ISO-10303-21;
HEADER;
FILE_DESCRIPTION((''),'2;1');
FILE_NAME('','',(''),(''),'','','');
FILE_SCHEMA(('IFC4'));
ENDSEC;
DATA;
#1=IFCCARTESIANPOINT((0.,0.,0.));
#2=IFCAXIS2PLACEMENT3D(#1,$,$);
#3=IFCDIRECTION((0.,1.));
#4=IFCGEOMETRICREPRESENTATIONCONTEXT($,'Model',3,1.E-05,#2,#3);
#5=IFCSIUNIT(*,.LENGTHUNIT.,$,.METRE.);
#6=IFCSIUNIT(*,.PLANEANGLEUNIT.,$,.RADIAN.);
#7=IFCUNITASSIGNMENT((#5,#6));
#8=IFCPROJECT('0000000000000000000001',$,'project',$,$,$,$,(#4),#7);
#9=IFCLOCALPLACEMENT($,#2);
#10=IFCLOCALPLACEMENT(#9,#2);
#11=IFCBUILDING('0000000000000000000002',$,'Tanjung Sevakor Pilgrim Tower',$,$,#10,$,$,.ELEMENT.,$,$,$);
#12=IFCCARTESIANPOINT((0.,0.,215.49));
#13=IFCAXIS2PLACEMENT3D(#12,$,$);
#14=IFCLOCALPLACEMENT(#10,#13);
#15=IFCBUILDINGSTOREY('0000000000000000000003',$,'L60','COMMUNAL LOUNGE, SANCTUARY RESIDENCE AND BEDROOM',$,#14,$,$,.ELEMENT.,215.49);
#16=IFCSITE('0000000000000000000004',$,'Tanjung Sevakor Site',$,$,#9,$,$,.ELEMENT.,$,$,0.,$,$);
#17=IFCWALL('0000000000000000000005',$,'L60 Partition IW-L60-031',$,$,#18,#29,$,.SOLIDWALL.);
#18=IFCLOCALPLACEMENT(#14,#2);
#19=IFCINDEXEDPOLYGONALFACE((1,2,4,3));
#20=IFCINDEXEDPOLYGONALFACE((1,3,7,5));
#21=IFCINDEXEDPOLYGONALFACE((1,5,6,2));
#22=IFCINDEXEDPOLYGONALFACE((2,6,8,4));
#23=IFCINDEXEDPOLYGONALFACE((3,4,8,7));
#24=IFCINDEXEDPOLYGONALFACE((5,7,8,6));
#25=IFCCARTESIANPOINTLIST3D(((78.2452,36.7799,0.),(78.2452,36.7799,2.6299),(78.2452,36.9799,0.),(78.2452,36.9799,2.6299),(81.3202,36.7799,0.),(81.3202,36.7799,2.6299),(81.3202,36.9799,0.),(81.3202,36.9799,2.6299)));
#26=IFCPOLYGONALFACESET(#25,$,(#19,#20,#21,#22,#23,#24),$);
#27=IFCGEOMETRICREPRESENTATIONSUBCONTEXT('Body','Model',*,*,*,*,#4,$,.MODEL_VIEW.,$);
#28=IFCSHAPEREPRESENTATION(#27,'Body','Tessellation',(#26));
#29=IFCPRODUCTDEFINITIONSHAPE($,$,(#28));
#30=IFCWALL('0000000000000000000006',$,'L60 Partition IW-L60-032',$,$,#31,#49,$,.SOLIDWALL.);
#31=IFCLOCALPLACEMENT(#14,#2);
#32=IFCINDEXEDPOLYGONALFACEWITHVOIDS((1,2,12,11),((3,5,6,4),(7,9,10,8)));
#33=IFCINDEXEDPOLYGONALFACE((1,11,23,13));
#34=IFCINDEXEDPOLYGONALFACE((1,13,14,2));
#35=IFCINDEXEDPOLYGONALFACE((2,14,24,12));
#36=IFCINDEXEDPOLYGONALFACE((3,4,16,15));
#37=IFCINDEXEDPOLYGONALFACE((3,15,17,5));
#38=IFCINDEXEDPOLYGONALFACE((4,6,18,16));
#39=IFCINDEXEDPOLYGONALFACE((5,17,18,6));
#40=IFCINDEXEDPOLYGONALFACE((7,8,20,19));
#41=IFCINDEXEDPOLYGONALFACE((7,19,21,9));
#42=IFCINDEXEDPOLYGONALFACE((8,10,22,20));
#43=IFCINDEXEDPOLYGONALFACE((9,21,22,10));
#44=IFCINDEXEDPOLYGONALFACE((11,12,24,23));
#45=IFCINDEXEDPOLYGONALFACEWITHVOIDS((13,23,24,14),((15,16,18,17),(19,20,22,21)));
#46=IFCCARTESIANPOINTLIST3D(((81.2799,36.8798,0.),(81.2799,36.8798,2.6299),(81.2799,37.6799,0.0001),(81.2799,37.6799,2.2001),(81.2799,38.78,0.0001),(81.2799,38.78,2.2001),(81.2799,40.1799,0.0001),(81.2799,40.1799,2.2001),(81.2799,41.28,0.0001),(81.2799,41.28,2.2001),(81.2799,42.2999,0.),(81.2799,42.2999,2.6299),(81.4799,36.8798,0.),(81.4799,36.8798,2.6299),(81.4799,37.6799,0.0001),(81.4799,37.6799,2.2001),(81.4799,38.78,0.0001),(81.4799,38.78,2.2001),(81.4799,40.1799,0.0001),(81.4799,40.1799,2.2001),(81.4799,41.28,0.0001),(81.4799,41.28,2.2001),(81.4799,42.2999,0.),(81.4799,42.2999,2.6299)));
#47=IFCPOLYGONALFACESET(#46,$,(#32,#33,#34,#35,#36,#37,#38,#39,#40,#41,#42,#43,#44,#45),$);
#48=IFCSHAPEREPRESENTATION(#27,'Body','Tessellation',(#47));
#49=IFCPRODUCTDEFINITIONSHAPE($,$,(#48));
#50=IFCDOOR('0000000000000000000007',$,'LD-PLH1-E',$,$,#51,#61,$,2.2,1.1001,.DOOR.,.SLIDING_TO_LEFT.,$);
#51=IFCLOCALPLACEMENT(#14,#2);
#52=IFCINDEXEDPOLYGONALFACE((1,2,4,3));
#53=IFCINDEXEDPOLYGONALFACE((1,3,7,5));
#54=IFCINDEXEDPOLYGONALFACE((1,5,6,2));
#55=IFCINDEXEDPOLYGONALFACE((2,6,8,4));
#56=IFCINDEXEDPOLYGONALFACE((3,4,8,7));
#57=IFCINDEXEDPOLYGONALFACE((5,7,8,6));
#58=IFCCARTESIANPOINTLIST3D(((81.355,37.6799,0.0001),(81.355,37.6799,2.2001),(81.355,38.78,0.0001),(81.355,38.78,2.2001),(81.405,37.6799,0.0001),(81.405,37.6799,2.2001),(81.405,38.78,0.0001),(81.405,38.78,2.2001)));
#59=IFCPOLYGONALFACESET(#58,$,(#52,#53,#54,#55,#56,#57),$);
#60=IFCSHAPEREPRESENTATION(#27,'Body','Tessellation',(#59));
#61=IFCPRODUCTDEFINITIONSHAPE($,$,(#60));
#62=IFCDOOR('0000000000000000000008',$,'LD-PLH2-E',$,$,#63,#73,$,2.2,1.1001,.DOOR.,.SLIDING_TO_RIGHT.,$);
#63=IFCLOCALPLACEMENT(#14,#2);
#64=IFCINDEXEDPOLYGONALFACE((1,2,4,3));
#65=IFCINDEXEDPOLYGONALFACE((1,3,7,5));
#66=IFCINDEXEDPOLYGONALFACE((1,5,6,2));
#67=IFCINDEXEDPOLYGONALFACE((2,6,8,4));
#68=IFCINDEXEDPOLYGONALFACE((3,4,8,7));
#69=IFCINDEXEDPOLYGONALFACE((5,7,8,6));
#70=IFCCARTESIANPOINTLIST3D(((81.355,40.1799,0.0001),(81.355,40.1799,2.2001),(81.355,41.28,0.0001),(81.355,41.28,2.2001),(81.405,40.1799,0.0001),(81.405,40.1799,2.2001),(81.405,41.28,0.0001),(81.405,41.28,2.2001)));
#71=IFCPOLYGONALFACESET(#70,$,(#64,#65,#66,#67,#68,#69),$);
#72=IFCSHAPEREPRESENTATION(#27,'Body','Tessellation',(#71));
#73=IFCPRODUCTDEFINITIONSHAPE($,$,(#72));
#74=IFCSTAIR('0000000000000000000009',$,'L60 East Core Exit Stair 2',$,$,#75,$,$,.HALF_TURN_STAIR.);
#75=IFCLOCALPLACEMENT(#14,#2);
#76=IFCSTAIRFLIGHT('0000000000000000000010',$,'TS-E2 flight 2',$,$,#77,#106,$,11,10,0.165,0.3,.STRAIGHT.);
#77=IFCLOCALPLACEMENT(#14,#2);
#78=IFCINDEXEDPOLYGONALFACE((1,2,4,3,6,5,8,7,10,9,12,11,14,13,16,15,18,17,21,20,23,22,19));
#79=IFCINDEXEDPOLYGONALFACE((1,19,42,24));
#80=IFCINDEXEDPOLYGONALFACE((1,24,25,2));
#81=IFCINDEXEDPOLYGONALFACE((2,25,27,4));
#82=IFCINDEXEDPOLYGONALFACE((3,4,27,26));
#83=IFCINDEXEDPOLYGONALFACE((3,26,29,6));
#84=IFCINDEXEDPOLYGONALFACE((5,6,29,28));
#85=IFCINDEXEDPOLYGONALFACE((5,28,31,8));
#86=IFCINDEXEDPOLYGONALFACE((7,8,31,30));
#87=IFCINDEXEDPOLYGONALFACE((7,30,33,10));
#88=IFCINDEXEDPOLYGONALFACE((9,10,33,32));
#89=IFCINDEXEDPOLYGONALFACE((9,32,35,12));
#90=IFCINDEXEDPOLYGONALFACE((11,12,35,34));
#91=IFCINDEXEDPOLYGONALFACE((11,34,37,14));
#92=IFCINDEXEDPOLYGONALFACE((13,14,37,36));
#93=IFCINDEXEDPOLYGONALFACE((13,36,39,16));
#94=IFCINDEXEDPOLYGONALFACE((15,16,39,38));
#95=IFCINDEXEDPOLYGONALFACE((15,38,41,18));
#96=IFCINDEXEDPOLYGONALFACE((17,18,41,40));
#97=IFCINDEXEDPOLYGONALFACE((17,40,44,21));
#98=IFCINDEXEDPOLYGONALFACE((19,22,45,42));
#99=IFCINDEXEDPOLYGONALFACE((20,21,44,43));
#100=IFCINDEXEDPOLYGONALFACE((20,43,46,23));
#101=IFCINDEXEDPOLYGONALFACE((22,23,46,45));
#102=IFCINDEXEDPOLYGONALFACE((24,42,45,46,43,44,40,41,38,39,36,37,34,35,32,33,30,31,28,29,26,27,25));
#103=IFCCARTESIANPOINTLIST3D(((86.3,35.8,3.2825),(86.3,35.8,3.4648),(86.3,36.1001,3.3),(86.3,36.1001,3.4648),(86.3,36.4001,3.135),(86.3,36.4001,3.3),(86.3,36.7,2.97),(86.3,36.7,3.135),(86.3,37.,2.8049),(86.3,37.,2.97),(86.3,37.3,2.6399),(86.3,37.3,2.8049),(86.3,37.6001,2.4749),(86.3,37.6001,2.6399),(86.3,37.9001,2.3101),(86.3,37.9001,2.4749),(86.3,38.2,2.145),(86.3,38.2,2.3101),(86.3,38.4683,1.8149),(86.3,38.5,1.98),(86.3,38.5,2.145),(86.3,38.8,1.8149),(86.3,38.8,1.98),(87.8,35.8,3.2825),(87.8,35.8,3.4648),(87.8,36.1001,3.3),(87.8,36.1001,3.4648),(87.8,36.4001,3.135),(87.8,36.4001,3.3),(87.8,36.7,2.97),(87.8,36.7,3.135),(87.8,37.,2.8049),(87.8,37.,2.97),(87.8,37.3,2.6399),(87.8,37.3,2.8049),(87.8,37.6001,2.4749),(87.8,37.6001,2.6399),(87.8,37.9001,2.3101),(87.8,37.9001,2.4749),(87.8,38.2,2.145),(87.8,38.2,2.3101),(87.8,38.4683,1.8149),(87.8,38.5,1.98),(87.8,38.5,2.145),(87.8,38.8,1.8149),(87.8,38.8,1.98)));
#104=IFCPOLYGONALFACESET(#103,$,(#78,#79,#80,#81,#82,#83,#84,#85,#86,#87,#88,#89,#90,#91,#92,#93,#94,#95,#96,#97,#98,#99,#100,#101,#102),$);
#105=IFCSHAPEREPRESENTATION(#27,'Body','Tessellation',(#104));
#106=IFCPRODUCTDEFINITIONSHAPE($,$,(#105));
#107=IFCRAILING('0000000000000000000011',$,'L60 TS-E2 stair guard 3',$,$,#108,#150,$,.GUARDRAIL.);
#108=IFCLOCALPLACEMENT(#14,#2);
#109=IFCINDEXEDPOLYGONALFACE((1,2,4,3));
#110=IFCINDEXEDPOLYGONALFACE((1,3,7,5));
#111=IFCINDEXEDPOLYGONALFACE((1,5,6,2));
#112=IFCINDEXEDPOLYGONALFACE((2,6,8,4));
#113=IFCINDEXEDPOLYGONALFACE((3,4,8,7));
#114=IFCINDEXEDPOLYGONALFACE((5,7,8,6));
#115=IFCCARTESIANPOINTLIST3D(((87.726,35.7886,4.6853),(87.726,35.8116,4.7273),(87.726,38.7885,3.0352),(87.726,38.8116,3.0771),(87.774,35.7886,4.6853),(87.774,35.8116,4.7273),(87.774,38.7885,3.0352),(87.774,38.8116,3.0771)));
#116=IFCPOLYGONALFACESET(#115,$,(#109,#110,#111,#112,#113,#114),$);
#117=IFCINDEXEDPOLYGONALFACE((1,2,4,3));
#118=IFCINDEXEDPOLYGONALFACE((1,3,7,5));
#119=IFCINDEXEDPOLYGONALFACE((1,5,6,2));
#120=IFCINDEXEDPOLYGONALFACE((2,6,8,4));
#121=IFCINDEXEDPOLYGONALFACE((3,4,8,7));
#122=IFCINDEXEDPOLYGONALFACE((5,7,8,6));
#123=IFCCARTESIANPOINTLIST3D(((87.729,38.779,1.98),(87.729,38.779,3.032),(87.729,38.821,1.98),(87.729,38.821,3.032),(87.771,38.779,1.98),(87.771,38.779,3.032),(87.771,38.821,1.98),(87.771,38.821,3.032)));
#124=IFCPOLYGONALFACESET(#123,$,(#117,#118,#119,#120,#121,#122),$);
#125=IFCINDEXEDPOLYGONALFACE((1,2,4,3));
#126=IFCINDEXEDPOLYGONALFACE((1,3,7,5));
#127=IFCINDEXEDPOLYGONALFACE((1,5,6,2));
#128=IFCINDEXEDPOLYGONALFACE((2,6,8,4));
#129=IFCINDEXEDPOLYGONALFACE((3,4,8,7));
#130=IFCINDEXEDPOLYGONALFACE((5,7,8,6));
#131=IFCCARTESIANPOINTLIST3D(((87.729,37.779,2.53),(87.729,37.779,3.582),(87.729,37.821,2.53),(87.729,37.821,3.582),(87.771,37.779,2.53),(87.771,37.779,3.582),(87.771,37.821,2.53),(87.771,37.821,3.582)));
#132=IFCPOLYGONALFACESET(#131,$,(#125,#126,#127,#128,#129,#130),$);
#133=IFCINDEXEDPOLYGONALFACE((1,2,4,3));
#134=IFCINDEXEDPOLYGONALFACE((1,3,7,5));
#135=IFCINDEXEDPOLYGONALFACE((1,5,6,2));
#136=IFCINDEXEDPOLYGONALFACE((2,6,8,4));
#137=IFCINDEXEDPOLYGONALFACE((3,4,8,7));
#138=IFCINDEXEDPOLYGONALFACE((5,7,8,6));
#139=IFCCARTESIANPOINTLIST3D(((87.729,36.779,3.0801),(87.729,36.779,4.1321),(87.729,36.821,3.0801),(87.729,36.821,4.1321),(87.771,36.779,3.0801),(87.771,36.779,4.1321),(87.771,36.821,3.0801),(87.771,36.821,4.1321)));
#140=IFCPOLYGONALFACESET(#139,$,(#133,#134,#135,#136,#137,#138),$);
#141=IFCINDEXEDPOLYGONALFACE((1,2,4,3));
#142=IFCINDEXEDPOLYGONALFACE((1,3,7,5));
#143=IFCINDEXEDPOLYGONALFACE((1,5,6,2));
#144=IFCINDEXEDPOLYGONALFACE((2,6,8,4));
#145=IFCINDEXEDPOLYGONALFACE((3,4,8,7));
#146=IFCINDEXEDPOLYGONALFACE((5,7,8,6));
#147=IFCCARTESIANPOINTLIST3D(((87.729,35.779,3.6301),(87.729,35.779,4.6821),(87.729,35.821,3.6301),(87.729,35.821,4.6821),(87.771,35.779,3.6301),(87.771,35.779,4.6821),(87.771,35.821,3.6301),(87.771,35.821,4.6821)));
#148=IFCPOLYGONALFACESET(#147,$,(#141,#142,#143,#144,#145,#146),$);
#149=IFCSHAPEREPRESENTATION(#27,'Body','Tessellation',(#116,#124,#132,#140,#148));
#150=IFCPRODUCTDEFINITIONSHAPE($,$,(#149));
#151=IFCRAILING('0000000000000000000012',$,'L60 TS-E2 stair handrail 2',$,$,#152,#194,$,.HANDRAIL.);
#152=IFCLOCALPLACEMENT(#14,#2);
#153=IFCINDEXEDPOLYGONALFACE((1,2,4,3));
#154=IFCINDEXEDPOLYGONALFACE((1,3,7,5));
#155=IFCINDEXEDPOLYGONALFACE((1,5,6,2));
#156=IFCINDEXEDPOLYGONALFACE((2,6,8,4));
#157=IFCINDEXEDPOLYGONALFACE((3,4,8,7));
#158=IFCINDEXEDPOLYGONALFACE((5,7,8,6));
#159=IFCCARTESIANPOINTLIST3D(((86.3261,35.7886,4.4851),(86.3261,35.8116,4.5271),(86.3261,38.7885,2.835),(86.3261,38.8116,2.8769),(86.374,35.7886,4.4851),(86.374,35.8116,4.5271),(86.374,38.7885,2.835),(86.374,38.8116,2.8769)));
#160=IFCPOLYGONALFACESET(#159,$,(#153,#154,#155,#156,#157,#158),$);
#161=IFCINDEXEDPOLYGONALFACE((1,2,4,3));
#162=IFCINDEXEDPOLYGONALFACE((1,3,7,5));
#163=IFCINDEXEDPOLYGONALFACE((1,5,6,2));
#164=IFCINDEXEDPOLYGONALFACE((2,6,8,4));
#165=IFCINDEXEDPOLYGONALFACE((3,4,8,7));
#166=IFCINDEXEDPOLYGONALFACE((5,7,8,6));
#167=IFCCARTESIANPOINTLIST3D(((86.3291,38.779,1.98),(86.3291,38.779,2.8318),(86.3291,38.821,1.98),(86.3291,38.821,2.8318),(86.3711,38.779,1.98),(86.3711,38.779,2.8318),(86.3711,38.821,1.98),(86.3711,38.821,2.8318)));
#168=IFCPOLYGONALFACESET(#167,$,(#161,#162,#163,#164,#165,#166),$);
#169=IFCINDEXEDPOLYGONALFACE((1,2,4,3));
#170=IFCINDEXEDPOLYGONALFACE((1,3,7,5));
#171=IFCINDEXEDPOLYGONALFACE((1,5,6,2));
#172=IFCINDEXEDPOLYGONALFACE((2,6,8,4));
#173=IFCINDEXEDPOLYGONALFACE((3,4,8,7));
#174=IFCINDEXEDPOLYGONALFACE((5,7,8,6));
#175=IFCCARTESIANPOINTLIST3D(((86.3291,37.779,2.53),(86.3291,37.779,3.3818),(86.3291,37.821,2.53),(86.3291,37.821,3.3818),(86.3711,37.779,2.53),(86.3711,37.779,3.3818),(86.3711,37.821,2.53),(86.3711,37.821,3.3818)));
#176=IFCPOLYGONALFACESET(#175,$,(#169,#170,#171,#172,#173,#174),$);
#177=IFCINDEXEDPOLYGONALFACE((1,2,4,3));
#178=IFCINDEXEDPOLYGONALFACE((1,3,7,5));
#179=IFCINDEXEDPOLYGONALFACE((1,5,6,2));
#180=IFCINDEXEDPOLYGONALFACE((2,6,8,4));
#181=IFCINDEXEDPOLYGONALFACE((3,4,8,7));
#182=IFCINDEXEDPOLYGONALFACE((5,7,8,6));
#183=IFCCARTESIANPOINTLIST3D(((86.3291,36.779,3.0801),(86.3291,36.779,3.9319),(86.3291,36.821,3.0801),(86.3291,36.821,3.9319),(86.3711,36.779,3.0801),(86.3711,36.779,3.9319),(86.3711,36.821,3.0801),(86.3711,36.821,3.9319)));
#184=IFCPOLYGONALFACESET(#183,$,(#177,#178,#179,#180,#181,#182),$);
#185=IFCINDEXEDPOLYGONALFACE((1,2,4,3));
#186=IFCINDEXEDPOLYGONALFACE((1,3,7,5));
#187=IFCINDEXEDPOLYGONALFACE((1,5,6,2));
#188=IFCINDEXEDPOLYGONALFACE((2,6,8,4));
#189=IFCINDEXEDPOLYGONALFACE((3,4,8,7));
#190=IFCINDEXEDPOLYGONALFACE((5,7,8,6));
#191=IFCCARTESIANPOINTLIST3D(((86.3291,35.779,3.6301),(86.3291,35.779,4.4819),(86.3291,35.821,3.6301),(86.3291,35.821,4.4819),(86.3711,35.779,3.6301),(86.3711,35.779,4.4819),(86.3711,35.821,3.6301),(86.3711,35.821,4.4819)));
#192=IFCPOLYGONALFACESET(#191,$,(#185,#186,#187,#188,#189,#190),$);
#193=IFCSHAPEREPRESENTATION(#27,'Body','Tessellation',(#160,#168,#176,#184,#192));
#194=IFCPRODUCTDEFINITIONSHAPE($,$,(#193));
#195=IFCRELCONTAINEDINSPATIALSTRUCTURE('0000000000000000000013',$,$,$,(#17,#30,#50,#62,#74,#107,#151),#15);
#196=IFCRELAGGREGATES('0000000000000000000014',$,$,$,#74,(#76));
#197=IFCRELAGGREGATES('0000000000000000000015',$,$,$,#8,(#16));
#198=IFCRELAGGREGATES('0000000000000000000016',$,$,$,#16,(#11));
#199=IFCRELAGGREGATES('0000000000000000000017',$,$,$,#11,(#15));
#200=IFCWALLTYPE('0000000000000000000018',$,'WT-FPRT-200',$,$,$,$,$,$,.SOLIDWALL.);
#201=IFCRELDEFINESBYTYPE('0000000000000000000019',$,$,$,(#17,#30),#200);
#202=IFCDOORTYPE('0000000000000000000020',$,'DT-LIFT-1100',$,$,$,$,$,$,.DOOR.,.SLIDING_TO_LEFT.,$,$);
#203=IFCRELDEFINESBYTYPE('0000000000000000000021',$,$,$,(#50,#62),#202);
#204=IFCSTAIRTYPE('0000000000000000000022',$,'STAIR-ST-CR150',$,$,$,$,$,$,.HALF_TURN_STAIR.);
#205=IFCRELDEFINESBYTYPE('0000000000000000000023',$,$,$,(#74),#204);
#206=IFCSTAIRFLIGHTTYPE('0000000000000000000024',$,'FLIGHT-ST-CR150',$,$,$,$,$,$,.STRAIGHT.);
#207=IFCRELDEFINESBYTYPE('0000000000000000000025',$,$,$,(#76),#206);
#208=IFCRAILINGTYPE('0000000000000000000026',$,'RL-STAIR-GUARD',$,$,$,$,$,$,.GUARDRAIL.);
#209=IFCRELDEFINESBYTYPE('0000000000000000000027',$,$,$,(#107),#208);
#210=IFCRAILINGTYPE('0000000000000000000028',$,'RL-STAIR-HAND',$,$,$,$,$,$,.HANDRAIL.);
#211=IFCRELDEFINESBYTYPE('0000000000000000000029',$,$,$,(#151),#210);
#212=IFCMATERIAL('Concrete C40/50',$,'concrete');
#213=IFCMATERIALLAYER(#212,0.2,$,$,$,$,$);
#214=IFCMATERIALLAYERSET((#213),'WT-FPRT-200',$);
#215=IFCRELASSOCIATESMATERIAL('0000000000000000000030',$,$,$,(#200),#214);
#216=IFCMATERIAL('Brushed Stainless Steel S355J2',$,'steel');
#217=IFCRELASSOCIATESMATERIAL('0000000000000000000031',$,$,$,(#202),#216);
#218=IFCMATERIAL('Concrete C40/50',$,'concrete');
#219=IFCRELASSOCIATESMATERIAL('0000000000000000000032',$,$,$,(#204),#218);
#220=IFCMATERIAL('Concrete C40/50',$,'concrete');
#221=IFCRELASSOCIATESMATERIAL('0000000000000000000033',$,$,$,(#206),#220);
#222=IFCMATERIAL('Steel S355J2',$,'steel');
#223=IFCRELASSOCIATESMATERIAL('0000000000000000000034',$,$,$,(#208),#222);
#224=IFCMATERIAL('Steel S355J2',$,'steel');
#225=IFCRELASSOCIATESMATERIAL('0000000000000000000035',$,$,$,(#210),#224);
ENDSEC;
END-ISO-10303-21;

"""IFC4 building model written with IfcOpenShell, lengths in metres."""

from ifc_helpers import new_model, si_unit, direction, frame, frame_2d, origin, place, context, subcontext, project, spatial, polyline, rectangle, outline, extrude, material, layer, layer_set, type_object, element, fill, aggregate, save


model = new_model("IFC4")

# Units and contexts
model_context = context("Model", 3, precision=1e-05, world=origin(), true_north=direction((0.0, 1.0)))
body_context = subcontext(model_context, "Body", "Model", "MODEL_VIEW")
ifc_project = project(units=[si_unit("LENGTHUNIT", "METRE"), si_unit("PLANEANGLEUNIT", "RADIAN")], contexts=[model_context])

# Site, building, storey
site_placement = place(None, origin())
site = spatial("IfcSite", under=ifc_project, at=site_placement, Name="Tanjung Sevakor Site", CompositionType="ELEMENT", RefElevation=0.0)
building_placement = place(site_placement, origin())
building = spatial("IfcBuilding", under=site, at=building_placement, Name="Tanjung Sevakor Pilgrim Tower", CompositionType="ELEMENT")
storey_placement = place(building_placement, frame((0.0, 0.0, 215.49)))
storey = spatial("IfcBuildingStorey", under=building, at=storey_placement, Name="L60", Description="COMMUNAL LOUNGE, SANCTUARY RESIDENCE AND BEDROOM", CompositionType="ELEMENT", Elevation=215.49)

# Wall
ifc_material_1 = material(Name="Concrete C40/50", Category="concrete")
ifc_layer_1 = layer(ifc_material_1, 0.2)
ifc_layer_set_1 = layer_set([ifc_layer_1], Name="WT-FPRT-200")
wall_type_1 = type_object("IfcWallType", Name="WT-FPRT-200", PredefinedType="SOLIDWALL", material=ifc_layer_set_1)
wall_1_placement = place(storey_placement, frame((78.2451, 36.8799, 0.0), z_axis=(0.0, 0.0, 1.0), x_axis=(1.0, 0.0, 0.0)))
element("IfcWall", 1, at=wall_1_placement, inside=storey, type_object=wall_type_1, Name="L60 Partition IW-L60-031", PredefinedType="SOLIDWALL", context=body_context, shape_type="SweptSolid", body=[
    extrude(rectangle(XDim=3.075, YDim=0.2, at=frame_2d((1.5376, 0.0))), origin(), (0.0, 0.0, 1.0), 2.6299),
])

# Wall, openings, doors
wall_2_placement = place(storey_placement, frame((81.3799, 36.8799, 0.0), z_axis=(0.0, 0.0, 1.0), x_axis=(0.0, 1.0, 0.0)))
wall_2 = element("IfcWall", 2, at=wall_2_placement, inside=storey, type_object=wall_type_1, Name="L60 Partition IW-L60-032", PredefinedType="SOLIDWALL", context=body_context, shape_type="SweptSolid", body=[
    extrude(rectangle(XDim=5.4202, YDim=0.2, at=frame_2d((2.71, 0.0))), origin(), (0.0, 0.0, 1.0), 2.6299),
])
opening_1_placement = place(wall_2_placement, frame((0.8, 0.0, 0.0)))
opening_1 = element("IfcOpeningElement", 3, at=opening_1_placement, cuts=wall_2, PredefinedType="OPENING", context=body_context, shape_type="SweptSolid", body=[
    extrude(rectangle(XDim=1.1001, YDim=2.2, at=frame_2d((0.55, 1.1001))), frame((0.0, 0.1099, 0.0), z_axis=(0.0, -1.0, 0.0), x_axis=(1.0, 0.0, 0.0)), (0.0, 0.0, 1.0), 0.22),
])
opening_2_placement = place(wall_2_placement, frame((3.3, 0.0, 0.0)))
opening_2 = element("IfcOpeningElement", 4, at=opening_2_placement, cuts=wall_2, PredefinedType="OPENING", context=body_context, shape_type="SweptSolid", body=[
    extrude(rectangle(XDim=1.1001, YDim=2.2, at=frame_2d((0.55, 1.1001))), frame((0.0, 0.1099, 0.0), z_axis=(0.0, -1.0, 0.0), x_axis=(1.0, 0.0, 0.0)), (0.0, 0.0, 1.0), 0.22),
])
ifc_material_2 = material(Name="Brushed Stainless Steel S355J2", Category="steel")
door_type_1 = type_object("IfcDoorType", Name="DT-LIFT-1100", OperationType="SLIDING_TO_LEFT", PredefinedType="DOOR", material=ifc_material_2)
door_1_placement = place(opening_1_placement, origin())
door_1 = element("IfcDoor", 5, at=door_1_placement, inside=storey, type_object=door_type_1, Name="LD-PLH1-E", OperationType="SLIDING_TO_LEFT", OverallHeight=2.2, OverallWidth=1.1001, PredefinedType="DOOR", context=body_context, shape_type="SweptSolid", body=[
    extrude(rectangle(XDim=1.1001, YDim=2.2, at=frame_2d((0.55, 1.1001))), frame((0.0, 0.0249, 0.0), z_axis=(0.0, -1.0, 0.0), x_axis=(1.0, 0.0, 0.0)), (0.0, 0.0, 1.0), 0.05),
])
fill(opening_1, door_1)
door_2_placement = place(opening_2_placement, origin())
door_2 = element("IfcDoor", 6, at=door_2_placement, inside=storey, type_object=door_type_1, Name="LD-PLH2-E", OperationType="SLIDING_TO_RIGHT", OverallHeight=2.2, OverallWidth=1.1001, PredefinedType="DOOR", context=body_context, shape_type="SweptSolid", body=[
    extrude(rectangle(XDim=1.1001, YDim=2.2, at=frame_2d((0.55, 1.1001))), frame((0.0, 0.0249, 0.0), z_axis=(0.0, -1.0, 0.0), x_axis=(1.0, 0.0, 0.0)), (0.0, 0.0, 1.0), 0.05),
])
fill(opening_2, door_2)

# Stair, stair flight
ifc_material_3 = material(Name="Concrete C40/50", Category="concrete")
stair_type = type_object("IfcStairType", Name="STAIR-ST-CR150", PredefinedType="HALF_TURN_STAIR", material=ifc_material_3)
stair_placement = place(storey_placement, origin())
stair = element("IfcStair", 7, at=stair_placement, inside=storey, type_object=stair_type, Name="L60 East Core Exit Stair 2", PredefinedType="HALF_TURN_STAIR")
ifc_material_4 = material(Name="Concrete C40/50", Category="concrete")
stair_flight_type = type_object("IfcStairFlightType", Name="FLIGHT-ST-CR150", PredefinedType="STRAIGHT", material=ifc_material_4)
stair_flight_placement = place(storey_placement, frame((87.05, 38.8, 1.8149), z_axis=(0.0, 0.0, 1.0), x_axis=(0.0, -1.0, 0.0)))
stair_flight = element("IfcStairFlight", 8, at=stair_flight_placement, type_object=stair_flight_type, Name="TS-E2 flight 2", NumberOfRisers=11, NumberOfTreads=10, PredefinedType="STRAIGHT", RiserHeight=0.165, TreadLength=0.3, context=body_context, shape_type="SweptSolid", body=[
    extrude(outline(polyline([(0.0, 0.0), (0.0, 0.165), (0.3, 0.165), (0.3, 0.3301), (0.6001, 0.3301), (0.6001, 0.4951), (0.8999, 0.4951), (0.8999, 0.6599), (1.2, 0.6599), (1.2, 0.825), (1.5, 0.825), (1.5, 0.99), (1.8, 0.99), (1.8, 1.155), (2.1001, 1.155), (2.1001, 1.3201), (2.3999, 1.3201), (2.3999, 1.4851), (2.7, 1.4851), (2.7, 1.6499), (3.0, 1.6499), (3.0, 1.8149), (3.0, 1.4675), (0.3318, 0.0), (0.0, 0.0)])), frame((0.0, 0.75, 0.0), z_axis=(0.0, -1.0, 0.0), x_axis=(1.0, 0.0, 0.0)), (0.0, 0.0, 1.0), 1.5),
])
aggregate(stair, [stair_flight])

# Railings
ifc_material_5 = material(Name="Steel S355J2", Category="steel")
railing_type_1 = type_object("IfcRailingType", Name="RL-STAIR-GUARD", PredefinedType="GUARDRAIL", material=ifc_material_5)
railing_1_placement = place(storey_placement, frame((87.75, 38.8, 1.98)))
element("IfcRailing", 9, at=railing_1_placement, inside=storey, type_object=railing_type_1, Name="L60 TS-E2 stair guard 3", PredefinedType="GUARDRAIL", context=body_context, shape_type="SweptSolid", body=[
    extrude(rectangle(XDim=0.0479, YDim=0.0479), frame((0.0, 0.0, 1.0762), z_axis=(0.0, -0.876198, 0.481952), x_axis=(1.0, 0.0, 0.0)), (0.0, 0.0, 1.0), 3.4238),
    extrude(rectangle(XDim=0.042, YDim=0.042), origin(), (0.0, 0.0, 1.0), 1.052),
    extrude(rectangle(XDim=0.042, YDim=0.042), frame((0.0, -1.0, 0.55)), (0.0, 0.0, 1.0), 1.052),
    extrude(rectangle(XDim=0.042, YDim=0.042), frame((0.0, -2.0, 1.1001)), (0.0, 0.0, 1.0), 1.052),
    extrude(rectangle(XDim=0.042, YDim=0.042), frame((0.0, -3.0, 1.6501)), (0.0, 0.0, 1.0), 1.052),
])
ifc_material_6 = material(Name="Steel S355J2", Category="steel")
railing_type_2 = type_object("IfcRailingType", Name="RL-STAIR-HAND", PredefinedType="HANDRAIL", material=ifc_material_6)
railing_2_placement = place(storey_placement, frame((86.3501, 38.8, 1.98)))
element("IfcRailing", 10, at=railing_2_placement, inside=storey, type_object=railing_type_2, Name="L60 TS-E2 stair handrail 2", PredefinedType="HANDRAIL", context=body_context, shape_type="SweptSolid", body=[
    extrude(rectangle(XDim=0.0479, YDim=0.0479), frame((0.0, 0.0, 0.876), z_axis=(0.0, -0.876198, 0.481952), x_axis=(1.0, 0.0, 0.0)), (0.0, 0.0, 1.0), 3.4238),
    extrude(rectangle(XDim=0.042, YDim=0.042), origin(), (0.0, 0.0, 1.0), 0.8518),
    extrude(rectangle(XDim=0.042, YDim=0.042), frame((0.0, -1.0, 0.55)), (0.0, 0.0, 1.0), 0.8518),
    extrude(rectangle(XDim=0.042, YDim=0.042), frame((0.0, -2.0, 1.1001)), (0.0, 0.0, 1.0), 0.8518),
    extrude(rectangle(XDim=0.042, YDim=0.042), frame((0.0, -3.0, 1.6501)), (0.0, 0.0, 1.0), 0.8518),
])

save(model, "model.ifc")
